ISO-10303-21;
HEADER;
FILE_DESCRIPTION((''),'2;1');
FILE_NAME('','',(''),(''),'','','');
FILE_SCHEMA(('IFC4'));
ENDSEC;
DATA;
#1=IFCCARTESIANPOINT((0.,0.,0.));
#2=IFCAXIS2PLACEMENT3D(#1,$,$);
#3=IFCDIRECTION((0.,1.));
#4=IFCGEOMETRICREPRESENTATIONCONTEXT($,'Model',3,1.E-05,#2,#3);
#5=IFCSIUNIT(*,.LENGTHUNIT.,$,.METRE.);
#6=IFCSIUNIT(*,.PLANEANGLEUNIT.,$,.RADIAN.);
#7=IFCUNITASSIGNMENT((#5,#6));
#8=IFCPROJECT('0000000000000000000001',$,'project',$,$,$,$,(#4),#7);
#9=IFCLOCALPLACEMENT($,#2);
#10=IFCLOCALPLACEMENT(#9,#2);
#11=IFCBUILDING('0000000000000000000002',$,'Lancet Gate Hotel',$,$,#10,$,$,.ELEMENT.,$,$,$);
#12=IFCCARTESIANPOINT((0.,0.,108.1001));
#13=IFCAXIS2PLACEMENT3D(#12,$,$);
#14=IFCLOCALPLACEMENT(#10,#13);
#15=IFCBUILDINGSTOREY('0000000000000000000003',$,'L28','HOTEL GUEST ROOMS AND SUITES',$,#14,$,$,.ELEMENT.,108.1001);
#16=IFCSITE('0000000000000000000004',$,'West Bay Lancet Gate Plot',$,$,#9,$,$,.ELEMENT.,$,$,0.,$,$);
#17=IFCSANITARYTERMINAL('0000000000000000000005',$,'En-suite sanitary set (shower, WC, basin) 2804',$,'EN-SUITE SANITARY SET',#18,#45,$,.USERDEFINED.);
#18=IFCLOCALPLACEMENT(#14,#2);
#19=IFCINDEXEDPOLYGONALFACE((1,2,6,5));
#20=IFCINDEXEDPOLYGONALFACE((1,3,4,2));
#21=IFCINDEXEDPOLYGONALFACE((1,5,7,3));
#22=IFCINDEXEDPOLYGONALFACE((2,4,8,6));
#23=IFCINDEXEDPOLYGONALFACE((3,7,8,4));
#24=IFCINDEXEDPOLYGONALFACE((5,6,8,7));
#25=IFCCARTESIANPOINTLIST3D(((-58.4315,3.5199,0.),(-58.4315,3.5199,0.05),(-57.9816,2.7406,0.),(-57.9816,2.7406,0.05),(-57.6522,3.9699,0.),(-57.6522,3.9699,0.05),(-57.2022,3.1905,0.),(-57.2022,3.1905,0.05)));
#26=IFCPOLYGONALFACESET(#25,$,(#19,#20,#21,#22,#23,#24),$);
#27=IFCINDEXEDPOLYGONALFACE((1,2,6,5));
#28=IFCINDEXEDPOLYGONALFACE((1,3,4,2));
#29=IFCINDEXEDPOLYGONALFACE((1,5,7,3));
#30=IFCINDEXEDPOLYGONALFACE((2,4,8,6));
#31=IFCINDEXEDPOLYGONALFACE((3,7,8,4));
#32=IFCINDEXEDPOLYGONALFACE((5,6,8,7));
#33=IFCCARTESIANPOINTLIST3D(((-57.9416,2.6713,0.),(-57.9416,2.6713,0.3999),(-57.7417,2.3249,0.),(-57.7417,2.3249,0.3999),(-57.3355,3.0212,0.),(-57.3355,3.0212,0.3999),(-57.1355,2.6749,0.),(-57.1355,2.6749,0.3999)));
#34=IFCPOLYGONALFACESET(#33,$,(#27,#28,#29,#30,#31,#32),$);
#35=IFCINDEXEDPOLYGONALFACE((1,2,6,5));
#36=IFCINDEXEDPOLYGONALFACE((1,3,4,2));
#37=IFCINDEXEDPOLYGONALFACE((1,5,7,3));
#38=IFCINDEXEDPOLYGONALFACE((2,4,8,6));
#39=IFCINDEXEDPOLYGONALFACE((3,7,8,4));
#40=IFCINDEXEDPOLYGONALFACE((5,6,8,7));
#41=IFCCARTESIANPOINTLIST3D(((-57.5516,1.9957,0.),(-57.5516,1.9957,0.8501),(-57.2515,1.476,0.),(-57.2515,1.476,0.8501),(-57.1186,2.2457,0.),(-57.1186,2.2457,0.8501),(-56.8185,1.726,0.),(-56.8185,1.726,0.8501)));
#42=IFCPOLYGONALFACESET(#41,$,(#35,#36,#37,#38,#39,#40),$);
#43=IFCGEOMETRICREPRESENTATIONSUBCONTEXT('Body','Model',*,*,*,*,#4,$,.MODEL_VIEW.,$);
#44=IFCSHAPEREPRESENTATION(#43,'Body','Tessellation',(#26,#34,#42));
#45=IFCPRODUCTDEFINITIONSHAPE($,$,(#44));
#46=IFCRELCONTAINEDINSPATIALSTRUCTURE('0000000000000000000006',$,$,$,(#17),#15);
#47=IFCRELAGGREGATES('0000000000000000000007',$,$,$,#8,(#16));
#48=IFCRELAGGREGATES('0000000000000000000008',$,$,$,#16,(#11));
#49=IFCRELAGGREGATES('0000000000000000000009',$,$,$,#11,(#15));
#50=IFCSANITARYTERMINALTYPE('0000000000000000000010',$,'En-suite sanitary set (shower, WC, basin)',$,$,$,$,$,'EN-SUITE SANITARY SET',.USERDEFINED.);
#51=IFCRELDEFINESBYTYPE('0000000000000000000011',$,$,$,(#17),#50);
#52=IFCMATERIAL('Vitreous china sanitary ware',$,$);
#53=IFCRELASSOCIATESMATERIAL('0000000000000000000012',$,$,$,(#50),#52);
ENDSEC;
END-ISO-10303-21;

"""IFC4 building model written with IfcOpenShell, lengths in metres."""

from ifc_helpers import new_model, si_unit, direction, frame, origin, origin_2d, place, context, subcontext, project, spatial, rectangle, extrude, material, type_object, element, save


model = new_model("IFC4")

# Units and contexts
model_context = context("Model", 3, precision=1e-05, world=origin(), true_north=direction((0.0, 1.0)))
body_context = subcontext(model_context, "Body", "Model", "MODEL_VIEW")
ifc_project = project(units=[si_unit("LENGTHUNIT", "METRE"), si_unit("PLANEANGLEUNIT", "RADIAN")], contexts=[model_context])

# Site, building, storey
site_placement = place(None, origin())
site = spatial("IfcSite", under=ifc_project, at=site_placement, Name="West Bay Lancet Gate Plot", CompositionType="ELEMENT", RefElevation=0.0)
building_placement = place(site_placement, origin())
building = spatial("IfcBuilding", under=site, at=building_placement, Name="Lancet Gate Hotel", CompositionType="ELEMENT")
storey_placement = place(building_placement, frame((0.0, 0.0, 108.1001)))
storey = spatial("IfcBuildingStorey", under=building, at=storey_placement, Name="L28", Description="HOTEL GUEST ROOMS AND SUITES", CompositionType="ELEMENT", Elevation=108.1001)

# Sanitary terminal
ifc_material_1 = material(Name="Vitreous china sanitary ware")
sanitary_terminal_type = type_object("IfcSanitaryTerminalType", Name="En-suite sanitary set (shower, WC, basin)", ElementType="EN-SUITE SANITARY SET", PredefinedType="USERDEFINED", material=ifc_material_1)
sanitary_terminal_placement = place(storey_placement, frame((-57.8169, 3.3552, 0.0), z_axis=(0.0, 0.0, 1.0), x_axis=(1.0, 0.0, 0.0)))
element("IfcSanitaryTerminal", 1, at=sanitary_terminal_placement, inside=storey, type_object=sanitary_terminal_type, Name="En-suite sanitary set (shower, WC, basin) 2804", ObjectType="EN-SUITE SANITARY SET", PredefinedType="USERDEFINED", context=body_context, shape_type="SweptSolid", body=[
    extrude(rectangle(XDim=0.8999, YDim=0.8999, at=origin_2d()), frame((0.0, 0.0, 0.0), z_axis=(0.0, 0.0, 1.0), x_axis=(-0.5, 0.866025, 0.0)), (0.0, 0.0, 1.0), 0.05),
    extrude(rectangle(XDim=0.3999, YDim=0.7, at=origin_2d()), frame((0.2783, -0.6821, 0.0), z_axis=(0.0, 0.0, 1.0), x_axis=(-0.5, 0.866025, 0.0)), (0.0, 0.0, 1.0), 0.3999),
    extrude(rectangle(XDim=0.6001, YDim=0.5, at=origin_2d()), frame((0.6318, -1.4944, 0.0), z_axis=(0.0, 0.0, 1.0), x_axis=(-0.5, 0.866025, 0.0)), (0.0, 0.0, 1.0), 0.8501),
])

save(model, "model.ifc")
